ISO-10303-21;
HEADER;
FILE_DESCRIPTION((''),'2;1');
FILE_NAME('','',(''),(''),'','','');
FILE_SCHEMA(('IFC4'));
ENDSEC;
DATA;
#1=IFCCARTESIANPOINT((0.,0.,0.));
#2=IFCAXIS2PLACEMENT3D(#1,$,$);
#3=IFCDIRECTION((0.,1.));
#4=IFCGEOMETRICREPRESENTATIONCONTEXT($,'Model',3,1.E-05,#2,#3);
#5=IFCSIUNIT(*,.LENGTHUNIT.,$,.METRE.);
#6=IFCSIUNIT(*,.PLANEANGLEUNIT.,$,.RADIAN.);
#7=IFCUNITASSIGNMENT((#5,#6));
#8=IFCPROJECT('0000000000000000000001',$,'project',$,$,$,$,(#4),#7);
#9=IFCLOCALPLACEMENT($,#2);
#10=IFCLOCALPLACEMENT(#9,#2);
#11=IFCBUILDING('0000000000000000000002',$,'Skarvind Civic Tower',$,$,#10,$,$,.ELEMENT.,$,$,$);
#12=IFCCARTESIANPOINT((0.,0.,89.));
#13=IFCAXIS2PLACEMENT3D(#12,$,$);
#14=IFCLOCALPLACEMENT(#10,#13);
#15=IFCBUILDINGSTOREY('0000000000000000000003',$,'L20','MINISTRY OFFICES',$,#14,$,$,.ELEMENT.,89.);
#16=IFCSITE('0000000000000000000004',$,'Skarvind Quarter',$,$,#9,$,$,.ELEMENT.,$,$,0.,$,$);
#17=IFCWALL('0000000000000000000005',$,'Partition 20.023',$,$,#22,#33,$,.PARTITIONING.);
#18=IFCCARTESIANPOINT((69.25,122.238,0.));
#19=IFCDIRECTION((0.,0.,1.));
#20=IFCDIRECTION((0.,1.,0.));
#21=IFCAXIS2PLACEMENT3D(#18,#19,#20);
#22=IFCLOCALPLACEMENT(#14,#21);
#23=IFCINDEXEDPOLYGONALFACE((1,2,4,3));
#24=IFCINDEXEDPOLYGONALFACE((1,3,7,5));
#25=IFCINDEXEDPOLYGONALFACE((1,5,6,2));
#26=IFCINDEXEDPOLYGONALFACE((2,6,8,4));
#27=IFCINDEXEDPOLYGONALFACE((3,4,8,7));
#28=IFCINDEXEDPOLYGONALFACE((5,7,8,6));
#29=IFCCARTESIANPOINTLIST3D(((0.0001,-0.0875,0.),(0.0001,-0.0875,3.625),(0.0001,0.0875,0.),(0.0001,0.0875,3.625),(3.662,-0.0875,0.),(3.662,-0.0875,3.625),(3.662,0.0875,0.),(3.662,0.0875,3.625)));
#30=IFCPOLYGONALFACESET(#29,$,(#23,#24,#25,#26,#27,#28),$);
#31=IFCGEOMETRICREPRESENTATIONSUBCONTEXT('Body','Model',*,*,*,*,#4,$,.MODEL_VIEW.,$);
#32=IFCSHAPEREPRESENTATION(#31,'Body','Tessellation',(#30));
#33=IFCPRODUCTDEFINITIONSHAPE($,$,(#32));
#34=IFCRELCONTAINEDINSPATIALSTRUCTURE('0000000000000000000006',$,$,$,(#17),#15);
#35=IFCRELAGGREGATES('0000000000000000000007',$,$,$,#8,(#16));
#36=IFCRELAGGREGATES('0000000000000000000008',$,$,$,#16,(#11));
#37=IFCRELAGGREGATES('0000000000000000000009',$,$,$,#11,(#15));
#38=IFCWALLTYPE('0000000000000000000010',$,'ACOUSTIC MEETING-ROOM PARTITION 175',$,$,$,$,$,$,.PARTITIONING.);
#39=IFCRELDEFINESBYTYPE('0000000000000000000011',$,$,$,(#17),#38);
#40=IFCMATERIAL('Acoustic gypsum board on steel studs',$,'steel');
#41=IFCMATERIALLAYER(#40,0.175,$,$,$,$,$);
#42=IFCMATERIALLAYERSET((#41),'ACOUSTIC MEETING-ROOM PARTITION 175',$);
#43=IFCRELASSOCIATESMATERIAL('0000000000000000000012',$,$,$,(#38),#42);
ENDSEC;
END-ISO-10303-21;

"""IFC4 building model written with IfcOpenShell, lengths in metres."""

from ifc_helpers import new_model, si_unit, direction, frame, frame_2d, origin, place, context, subcontext, project, spatial, rectangle, extrude, material, layer, layer_set, type_object, element, save


model = new_model("IFC4")

# Units and contexts
model_context = context("Model", 3, precision=1e-05, world=origin(), true_north=direction((0.0, 1.0)))
body_context = subcontext(model_context, "Body", "Model", "MODEL_VIEW")
ifc_project = project(units=[si_unit("LENGTHUNIT", "METRE"), si_unit("PLANEANGLEUNIT", "RADIAN")], contexts=[model_context])

# Site, building, storey
site_placement = place(None, origin())
site = spatial("IfcSite", under=ifc_project, at=site_placement, Name="Skarvind Quarter", CompositionType="ELEMENT", RefElevation=0.0)
building_placement = place(site_placement, origin())
building = spatial("IfcBuilding", under=site, at=building_placement, Name="Skarvind Civic Tower", CompositionType="ELEMENT")
storey_placement = place(building_placement, frame((0.0, 0.0, 89.0)))
storey = spatial("IfcBuildingStorey", under=building, at=storey_placement, Name="L20", Description="MINISTRY OFFICES", CompositionType="ELEMENT", Elevation=89.0)

# Wall
ifc_material_1 = material(Name="Acoustic gypsum board on steel studs", Category="steel")
ifc_layer_1 = layer(ifc_material_1, 0.175)
ifc_layer_set_1 = layer_set([ifc_layer_1], Name="ACOUSTIC MEETING-ROOM PARTITION 175")
wall_type_1 = type_object("IfcWallType", Name="ACOUSTIC MEETING-ROOM PARTITION 175", PredefinedType="PARTITIONING", material=ifc_layer_set_1)
wall_1_placement = place(storey_placement, frame((69.25, 122.238, 0.0), z_axis=(0.0, 0.0, 1.0), x_axis=(0.0, 1.0, 0.0)))
element("IfcWall", 1, at=wall_1_placement, inside=storey, type_object=wall_type_1, Name="Partition 20.023", PredefinedType="PARTITIONING", context=body_context, shape_type="SweptSolid", body=[
    extrude(rectangle(XDim=3.6619, YDim=0.175, at=frame_2d((1.8311, 0.0))), origin(), (0.0, 0.0, 1.0), 3.625),
])

save(model, "model.ifc")
